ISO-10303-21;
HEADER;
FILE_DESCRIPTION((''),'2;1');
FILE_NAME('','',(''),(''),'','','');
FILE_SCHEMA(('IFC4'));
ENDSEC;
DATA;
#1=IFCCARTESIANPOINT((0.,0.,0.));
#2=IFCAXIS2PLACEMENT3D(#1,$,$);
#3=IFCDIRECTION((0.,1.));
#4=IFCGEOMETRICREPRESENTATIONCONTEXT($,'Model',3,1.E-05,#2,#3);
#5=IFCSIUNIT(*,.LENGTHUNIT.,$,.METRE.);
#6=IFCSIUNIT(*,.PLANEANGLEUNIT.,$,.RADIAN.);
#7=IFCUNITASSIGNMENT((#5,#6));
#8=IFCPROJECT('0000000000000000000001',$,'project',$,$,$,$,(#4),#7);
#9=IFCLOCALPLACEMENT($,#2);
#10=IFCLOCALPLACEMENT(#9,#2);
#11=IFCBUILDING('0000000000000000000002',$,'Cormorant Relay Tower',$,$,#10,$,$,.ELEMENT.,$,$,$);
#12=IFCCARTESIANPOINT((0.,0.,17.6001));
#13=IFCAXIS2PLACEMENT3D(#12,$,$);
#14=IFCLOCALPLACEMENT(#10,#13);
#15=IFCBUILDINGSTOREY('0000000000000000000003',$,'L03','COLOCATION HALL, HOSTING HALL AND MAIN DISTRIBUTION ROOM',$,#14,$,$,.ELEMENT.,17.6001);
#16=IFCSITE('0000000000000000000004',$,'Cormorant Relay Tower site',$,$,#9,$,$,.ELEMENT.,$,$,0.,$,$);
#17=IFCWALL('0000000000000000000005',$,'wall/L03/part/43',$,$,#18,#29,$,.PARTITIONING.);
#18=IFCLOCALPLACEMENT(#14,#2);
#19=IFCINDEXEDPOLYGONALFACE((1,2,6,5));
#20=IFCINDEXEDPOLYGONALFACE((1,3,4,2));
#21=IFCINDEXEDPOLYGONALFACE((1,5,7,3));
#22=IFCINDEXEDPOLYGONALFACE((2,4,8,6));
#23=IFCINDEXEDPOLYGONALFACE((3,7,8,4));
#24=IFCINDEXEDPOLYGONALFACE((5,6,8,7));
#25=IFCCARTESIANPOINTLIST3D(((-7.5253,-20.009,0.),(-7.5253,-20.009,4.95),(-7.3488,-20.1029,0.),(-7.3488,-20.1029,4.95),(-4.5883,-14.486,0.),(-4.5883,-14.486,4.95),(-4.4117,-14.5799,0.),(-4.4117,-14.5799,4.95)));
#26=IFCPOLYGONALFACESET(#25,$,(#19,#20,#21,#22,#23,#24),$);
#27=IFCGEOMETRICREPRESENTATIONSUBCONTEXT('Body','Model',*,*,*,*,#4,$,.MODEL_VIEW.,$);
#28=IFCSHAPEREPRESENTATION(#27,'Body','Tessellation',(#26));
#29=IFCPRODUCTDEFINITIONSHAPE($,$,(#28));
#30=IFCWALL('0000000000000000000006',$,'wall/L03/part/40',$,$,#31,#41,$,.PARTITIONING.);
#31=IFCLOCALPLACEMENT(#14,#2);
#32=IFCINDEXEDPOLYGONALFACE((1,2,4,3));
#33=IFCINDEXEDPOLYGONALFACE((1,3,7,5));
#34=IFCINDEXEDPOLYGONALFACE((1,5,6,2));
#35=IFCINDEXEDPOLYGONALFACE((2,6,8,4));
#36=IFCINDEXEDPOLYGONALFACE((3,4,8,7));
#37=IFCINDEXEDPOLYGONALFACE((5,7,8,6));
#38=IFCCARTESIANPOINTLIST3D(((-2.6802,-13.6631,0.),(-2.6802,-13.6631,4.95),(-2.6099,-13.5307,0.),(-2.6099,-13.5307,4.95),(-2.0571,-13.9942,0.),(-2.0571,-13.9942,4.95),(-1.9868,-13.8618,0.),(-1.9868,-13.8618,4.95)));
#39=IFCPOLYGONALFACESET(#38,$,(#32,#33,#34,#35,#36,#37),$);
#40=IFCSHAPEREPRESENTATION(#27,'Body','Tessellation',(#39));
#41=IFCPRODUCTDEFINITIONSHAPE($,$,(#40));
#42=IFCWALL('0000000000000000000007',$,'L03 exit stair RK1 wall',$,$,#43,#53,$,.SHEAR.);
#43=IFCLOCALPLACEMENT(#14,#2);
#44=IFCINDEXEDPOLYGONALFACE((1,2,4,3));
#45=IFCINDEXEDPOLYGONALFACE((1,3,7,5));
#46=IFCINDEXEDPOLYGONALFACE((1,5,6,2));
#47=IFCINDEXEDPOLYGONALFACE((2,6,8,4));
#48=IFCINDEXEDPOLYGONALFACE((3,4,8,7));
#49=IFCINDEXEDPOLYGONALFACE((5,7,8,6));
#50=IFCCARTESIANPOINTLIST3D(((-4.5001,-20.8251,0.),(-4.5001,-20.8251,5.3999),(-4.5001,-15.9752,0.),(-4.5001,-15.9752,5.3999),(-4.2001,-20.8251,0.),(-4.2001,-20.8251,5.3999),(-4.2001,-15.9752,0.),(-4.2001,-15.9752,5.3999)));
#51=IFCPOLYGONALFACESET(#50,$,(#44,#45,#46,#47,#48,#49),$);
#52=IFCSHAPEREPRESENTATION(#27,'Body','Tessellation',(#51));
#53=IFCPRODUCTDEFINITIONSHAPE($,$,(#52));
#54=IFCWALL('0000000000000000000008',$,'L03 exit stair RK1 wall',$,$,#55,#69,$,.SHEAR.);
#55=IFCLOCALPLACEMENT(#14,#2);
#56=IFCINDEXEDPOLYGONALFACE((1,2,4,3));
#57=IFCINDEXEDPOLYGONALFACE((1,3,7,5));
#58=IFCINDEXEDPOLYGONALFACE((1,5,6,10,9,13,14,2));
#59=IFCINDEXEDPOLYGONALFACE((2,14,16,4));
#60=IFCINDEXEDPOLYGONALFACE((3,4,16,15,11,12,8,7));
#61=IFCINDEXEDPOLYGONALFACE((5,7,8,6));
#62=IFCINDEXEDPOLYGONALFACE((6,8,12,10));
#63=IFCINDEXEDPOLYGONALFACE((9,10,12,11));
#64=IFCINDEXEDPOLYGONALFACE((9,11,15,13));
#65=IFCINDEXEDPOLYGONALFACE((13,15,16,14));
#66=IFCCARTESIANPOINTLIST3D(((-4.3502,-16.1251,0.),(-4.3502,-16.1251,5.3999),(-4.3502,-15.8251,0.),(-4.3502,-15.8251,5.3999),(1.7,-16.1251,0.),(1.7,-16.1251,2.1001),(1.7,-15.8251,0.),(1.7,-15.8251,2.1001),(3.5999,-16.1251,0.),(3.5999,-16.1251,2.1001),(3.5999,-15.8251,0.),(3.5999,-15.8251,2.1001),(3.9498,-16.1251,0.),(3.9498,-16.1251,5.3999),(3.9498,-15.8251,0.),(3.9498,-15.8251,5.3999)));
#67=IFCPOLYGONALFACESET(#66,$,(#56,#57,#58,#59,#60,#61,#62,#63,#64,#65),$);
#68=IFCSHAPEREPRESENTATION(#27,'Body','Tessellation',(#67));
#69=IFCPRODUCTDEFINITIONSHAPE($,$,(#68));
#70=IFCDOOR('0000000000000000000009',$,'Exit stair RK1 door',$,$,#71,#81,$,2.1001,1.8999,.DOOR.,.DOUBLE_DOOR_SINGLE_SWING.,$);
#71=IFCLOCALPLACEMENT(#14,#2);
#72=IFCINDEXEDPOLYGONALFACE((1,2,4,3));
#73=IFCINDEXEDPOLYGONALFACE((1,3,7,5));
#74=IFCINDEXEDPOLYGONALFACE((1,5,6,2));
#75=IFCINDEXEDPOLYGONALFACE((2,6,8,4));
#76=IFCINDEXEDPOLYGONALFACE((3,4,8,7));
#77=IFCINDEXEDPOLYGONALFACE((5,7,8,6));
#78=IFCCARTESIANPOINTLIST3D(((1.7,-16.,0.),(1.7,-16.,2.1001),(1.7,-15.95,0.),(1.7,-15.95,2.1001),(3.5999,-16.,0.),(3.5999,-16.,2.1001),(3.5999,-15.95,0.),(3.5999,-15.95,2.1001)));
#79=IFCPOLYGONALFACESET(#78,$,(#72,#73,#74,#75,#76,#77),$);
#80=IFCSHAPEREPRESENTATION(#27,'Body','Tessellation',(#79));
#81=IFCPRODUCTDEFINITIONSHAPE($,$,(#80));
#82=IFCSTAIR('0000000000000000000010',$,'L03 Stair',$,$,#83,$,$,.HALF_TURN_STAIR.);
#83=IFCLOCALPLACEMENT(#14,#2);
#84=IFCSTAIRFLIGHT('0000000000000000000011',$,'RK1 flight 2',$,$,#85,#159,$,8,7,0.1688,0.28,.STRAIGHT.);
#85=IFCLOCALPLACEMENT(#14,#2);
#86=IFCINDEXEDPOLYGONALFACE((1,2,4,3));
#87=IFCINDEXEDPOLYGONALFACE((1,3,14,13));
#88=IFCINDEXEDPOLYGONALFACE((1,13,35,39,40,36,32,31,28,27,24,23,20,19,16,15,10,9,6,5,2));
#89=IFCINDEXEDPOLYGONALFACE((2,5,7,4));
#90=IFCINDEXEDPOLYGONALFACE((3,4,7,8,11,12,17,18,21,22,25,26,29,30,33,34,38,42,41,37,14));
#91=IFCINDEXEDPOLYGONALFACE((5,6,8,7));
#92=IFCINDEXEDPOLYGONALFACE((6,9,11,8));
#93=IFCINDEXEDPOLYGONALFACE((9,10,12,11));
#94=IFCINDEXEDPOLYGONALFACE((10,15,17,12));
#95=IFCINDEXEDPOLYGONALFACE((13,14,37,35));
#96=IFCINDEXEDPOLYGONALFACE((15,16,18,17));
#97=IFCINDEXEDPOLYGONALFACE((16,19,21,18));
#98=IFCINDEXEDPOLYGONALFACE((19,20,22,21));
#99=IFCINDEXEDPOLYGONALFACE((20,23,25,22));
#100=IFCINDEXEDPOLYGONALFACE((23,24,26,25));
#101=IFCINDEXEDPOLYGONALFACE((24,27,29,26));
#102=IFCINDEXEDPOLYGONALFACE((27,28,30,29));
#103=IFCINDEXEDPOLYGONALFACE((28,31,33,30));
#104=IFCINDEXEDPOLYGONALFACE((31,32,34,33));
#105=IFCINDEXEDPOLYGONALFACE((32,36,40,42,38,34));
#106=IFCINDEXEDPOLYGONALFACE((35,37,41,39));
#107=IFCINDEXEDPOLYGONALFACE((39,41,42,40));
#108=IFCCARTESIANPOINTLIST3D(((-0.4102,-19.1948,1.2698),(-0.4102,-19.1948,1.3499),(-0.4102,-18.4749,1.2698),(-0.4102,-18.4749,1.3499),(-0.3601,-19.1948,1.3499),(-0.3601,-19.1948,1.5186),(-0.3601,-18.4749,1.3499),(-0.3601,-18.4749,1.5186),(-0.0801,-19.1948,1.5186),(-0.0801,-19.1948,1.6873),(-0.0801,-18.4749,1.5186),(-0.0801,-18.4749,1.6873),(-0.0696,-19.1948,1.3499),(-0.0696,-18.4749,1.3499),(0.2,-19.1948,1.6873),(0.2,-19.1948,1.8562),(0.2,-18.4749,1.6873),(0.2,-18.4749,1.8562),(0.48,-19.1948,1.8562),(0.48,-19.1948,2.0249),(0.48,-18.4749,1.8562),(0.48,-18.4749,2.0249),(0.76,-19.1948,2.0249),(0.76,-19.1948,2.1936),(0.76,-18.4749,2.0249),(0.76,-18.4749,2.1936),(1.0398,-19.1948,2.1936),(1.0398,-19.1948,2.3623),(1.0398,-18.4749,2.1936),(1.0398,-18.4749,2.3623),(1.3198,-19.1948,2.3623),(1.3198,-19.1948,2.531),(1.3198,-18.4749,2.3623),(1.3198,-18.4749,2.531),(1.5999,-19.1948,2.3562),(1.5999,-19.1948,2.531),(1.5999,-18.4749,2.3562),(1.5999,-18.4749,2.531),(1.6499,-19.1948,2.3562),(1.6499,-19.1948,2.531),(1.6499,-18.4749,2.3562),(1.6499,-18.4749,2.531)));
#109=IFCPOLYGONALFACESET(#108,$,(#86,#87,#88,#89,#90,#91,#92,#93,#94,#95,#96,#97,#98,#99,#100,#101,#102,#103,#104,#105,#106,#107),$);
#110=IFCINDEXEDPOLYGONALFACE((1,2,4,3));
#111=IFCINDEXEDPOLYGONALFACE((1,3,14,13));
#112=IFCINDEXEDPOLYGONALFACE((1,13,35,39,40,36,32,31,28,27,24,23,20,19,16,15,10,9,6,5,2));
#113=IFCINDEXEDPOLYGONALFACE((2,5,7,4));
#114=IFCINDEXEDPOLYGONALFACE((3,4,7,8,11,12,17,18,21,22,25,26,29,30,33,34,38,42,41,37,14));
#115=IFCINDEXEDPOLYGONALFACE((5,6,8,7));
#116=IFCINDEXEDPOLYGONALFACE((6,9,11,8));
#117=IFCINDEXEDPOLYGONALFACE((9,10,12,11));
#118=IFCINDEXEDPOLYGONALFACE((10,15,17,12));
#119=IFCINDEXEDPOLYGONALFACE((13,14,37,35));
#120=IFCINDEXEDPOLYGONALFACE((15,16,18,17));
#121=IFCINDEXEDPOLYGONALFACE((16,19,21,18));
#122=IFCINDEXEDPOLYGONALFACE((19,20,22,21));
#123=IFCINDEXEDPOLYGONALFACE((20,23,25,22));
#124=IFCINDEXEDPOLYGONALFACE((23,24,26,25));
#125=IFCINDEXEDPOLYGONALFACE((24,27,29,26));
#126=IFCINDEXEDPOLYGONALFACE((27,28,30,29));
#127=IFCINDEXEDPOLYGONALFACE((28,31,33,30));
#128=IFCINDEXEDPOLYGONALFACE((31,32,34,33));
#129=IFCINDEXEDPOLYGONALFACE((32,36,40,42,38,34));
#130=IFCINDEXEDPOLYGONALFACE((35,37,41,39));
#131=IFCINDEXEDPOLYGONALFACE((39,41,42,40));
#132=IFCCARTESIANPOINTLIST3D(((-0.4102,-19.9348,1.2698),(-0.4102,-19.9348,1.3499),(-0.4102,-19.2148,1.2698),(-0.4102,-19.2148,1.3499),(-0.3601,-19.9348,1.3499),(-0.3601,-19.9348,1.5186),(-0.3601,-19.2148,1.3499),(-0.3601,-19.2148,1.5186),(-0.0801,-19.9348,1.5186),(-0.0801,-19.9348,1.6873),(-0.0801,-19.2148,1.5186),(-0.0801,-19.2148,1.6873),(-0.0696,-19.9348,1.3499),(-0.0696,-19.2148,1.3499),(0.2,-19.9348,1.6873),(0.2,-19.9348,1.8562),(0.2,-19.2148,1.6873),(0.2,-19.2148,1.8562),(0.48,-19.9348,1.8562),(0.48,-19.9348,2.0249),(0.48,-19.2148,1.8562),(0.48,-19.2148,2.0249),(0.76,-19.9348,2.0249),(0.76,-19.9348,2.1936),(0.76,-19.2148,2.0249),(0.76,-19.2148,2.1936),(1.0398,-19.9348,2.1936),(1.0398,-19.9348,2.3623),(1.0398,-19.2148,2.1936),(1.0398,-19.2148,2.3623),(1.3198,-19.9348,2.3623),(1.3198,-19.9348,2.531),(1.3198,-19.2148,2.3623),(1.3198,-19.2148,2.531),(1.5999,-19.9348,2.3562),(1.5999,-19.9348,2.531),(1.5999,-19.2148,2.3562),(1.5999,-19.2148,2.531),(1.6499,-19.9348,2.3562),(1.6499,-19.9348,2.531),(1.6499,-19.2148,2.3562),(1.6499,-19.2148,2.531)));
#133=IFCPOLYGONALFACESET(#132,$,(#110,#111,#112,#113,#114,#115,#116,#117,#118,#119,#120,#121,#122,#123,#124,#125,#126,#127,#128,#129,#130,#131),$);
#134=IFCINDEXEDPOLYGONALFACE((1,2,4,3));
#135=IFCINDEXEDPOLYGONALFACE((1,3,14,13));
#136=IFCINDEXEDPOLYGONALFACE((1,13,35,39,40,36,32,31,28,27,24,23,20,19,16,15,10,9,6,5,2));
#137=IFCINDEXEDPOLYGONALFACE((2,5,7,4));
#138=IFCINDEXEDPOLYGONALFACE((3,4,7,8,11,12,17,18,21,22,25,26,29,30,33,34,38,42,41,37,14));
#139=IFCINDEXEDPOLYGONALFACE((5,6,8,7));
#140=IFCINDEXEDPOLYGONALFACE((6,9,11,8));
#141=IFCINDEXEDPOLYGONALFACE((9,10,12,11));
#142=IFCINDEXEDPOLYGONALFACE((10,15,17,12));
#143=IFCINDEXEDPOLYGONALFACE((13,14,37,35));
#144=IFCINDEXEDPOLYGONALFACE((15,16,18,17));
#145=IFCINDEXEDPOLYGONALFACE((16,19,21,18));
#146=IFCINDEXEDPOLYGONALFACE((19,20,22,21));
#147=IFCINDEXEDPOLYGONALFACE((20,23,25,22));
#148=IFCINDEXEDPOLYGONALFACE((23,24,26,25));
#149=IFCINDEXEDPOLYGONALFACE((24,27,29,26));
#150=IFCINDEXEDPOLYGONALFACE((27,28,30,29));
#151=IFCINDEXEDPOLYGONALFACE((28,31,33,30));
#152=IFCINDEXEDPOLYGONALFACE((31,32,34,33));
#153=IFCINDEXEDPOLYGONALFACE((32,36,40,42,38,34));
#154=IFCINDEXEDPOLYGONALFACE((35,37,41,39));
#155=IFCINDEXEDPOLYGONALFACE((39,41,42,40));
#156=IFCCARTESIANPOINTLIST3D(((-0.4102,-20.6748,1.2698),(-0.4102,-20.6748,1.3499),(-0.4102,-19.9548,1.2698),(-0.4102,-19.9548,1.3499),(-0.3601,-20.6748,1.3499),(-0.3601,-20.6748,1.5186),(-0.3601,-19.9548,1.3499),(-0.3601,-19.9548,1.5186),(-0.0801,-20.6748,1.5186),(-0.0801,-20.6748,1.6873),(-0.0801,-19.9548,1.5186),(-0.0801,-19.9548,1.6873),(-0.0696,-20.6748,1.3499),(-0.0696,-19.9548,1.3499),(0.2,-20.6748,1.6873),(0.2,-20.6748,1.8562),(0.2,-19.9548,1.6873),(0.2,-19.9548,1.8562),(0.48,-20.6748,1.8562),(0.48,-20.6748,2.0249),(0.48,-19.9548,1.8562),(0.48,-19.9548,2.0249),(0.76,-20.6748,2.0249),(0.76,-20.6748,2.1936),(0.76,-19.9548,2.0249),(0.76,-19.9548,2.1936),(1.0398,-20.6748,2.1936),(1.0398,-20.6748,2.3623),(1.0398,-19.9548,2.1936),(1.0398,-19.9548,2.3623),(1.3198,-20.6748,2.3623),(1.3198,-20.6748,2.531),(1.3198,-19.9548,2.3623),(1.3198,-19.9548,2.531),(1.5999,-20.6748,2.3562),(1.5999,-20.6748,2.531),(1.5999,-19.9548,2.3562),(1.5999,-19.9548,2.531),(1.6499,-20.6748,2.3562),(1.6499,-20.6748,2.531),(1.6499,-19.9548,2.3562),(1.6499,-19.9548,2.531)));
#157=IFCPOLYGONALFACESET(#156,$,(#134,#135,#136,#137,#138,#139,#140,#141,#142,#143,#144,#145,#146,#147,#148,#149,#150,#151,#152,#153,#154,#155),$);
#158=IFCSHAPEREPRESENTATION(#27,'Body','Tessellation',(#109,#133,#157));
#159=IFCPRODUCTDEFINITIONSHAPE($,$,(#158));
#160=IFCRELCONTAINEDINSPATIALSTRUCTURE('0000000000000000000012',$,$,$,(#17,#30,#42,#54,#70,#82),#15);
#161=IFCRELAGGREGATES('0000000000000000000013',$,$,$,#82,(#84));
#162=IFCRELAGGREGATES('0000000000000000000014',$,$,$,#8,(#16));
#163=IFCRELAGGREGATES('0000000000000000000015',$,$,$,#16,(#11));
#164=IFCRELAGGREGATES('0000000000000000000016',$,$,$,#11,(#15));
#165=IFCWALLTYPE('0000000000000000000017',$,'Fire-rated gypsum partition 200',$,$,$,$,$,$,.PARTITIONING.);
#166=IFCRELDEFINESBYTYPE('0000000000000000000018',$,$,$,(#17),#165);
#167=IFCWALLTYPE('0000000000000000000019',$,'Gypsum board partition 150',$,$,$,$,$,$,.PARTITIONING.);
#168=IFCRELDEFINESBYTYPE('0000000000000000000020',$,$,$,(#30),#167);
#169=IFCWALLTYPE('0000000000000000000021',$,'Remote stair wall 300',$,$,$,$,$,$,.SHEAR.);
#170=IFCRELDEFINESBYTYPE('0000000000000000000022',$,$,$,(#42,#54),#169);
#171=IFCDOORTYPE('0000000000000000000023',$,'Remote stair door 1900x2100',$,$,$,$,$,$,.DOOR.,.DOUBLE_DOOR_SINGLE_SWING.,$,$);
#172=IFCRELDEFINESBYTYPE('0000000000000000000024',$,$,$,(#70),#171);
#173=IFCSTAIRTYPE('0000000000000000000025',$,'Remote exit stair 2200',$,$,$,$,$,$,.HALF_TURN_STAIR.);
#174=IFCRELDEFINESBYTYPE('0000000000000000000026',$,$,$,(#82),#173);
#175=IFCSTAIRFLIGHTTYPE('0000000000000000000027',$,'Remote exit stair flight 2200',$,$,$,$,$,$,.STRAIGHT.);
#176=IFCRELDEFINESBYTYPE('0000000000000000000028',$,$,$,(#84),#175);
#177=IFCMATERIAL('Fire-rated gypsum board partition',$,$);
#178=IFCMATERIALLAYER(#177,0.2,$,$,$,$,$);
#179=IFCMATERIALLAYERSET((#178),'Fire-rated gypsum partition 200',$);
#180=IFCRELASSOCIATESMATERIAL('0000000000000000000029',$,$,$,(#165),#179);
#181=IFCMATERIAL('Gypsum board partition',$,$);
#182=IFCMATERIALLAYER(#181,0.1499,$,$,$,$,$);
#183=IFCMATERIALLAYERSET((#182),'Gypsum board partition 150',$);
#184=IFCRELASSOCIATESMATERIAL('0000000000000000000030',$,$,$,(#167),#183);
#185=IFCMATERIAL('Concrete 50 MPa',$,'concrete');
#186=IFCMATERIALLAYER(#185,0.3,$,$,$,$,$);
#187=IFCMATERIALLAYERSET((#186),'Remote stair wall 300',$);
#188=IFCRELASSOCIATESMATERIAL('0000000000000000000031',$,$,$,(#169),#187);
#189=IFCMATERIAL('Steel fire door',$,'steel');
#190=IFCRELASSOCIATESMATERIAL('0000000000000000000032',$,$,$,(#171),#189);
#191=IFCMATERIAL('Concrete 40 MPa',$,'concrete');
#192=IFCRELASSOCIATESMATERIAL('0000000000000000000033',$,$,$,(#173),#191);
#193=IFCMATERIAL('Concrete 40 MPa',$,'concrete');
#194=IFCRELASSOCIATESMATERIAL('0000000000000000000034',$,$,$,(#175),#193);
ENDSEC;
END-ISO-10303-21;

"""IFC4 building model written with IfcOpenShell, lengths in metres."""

from ifc_helpers import new_model, si_unit, direction, frame, frame_2d, origin, place, context, subcontext, project, spatial, polyline, rectangle, outline, extrude, material, layer, layer_set, type_object, element, fill, aggregate, save


model = new_model("IFC4")

# Units and contexts
model_context = context("Model", 3, precision=1e-05, world=origin(), true_north=direction((0.0, 1.0)))
body_context = subcontext(model_context, "Body", "Model", "MODEL_VIEW")
ifc_project = project(units=[si_unit("LENGTHUNIT", "METRE"), si_unit("PLANEANGLEUNIT", "RADIAN")], contexts=[model_context])

# Site, building, storey
site_placement = place(None, origin())
site = spatial("IfcSite", under=ifc_project, at=site_placement, Name="Cormorant Relay Tower site", CompositionType="ELEMENT", RefElevation=0.0)
building_placement = place(site_placement, origin())
building = spatial("IfcBuilding", under=site, at=building_placement, Name="Cormorant Relay Tower", CompositionType="ELEMENT")
storey_placement = place(building_placement, frame((0.0, 0.0, 17.6001)))
storey = spatial("IfcBuildingStorey", under=building, at=storey_placement, Name="L03", Description="COLOCATION HALL, HOSTING HALL AND MAIN DISTRIBUTION ROOM", CompositionType="ELEMENT", Elevation=17.6001)

# Shared definitions
ifc_material_1 = material(Name="Fire-rated gypsum board partition")
ifc_layer_1 = layer(ifc_material_1, 0.2)
ifc_layer_set_1 = layer_set([ifc_layer_1], Name="Fire-rated gypsum partition 200")
wall_type_1 = type_object("IfcWallType", Name="Fire-rated gypsum partition 200", PredefinedType="PARTITIONING", material=ifc_layer_set_1)

# Walls
wall_1_placement = place(storey_placement, frame((-4.5, -14.533, 0.0), z_axis=(0.0, 0.0, 1.0), x_axis=(-0.469522, -0.882921, 0.0)))
element("IfcWall", 1, at=wall_1_placement, inside=storey, type_object=wall_type_1, Name="wall/L03/part/43", PredefinedType="PARTITIONING", context=body_context, shape_type="SweptSolid", body=[
    extrude(rectangle(XDim=6.2554, YDim=0.2, at=frame_2d((3.1277, 0.0))), origin(), (0.0, 0.0, 1.0), 4.95),
])
ifc_material_2 = material(Name="Gypsum board partition")
ifc_layer_2 = layer(ifc_material_2, 0.1499)
ifc_layer_set_2 = layer_set([ifc_layer_2], Name="Gypsum board partition 150")
wall_type_2 = type_object("IfcWallType", Name="Gypsum board partition 150", PredefinedType="PARTITIONING", material=ifc_layer_set_2)
wall_2_placement = place(storey_placement, frame((-2.645, -13.5969, 0.0), z_axis=(0.0, 0.0, 1.0), x_axis=(0.88308, -0.469223, 0.0)))
element("IfcWall", 2, at=wall_2_placement, inside=storey, type_object=wall_type_2, Name="wall/L03/part/40", PredefinedType="PARTITIONING", context=body_context, shape_type="SweptSolid", body=[
    extrude(rectangle(XDim=0.7056, YDim=0.1499, at=frame_2d((0.3528, 0.0))), origin(), (0.0, 0.0, 1.0), 4.95),
])
ifc_material_3 = material(Name="Concrete 50 MPa", Category="concrete")
ifc_layer_3 = layer(ifc_material_3, 0.3)
ifc_layer_set_3 = layer_set([ifc_layer_3], Name="Remote stair wall 300")
wall_type_3 = type_object("IfcWallType", Name="Remote stair wall 300", PredefinedType="SHEAR", material=ifc_layer_set_3)
wall_3_placement = place(storey_placement, frame((-4.3501, -20.825, 0.0), z_axis=(0.0, 0.0, 1.0), x_axis=(0.0, 1.0, 0.0)))
element("IfcWall", 3, at=wall_3_placement, inside=storey, type_object=wall_type_3, Name="L03 exit stair RK1 wall", PredefinedType="SHEAR", context=body_context, shape_type="SweptSolid", body=[
    extrude(rectangle(XDim=4.8499, YDim=0.3, at=frame_2d((2.4248, 0.0))), origin(), (0.0, 0.0, 1.0), 5.3999),
])

# Wall, opening, door
wall_4_placement = place(storey_placement, frame((-4.3501, -15.9751, 0.0), z_axis=(0.0, 0.0, 1.0), x_axis=(1.0, 0.0, 0.0)))
wall_4 = element("IfcWall", 4, at=wall_4_placement, inside=storey, type_object=wall_type_3, Name="L03 exit stair RK1 wall", PredefinedType="SHEAR", context=body_context, shape_type="SweptSolid", body=[
    extrude(rectangle(XDim=8.3, YDim=0.3, at=frame_2d((4.1499, 0.0))), origin(), (0.0, 0.0, 1.0), 5.3999),
])
opening_1_placement = place(wall_4_placement, frame((6.05, 0.0, 0.0)))
opening_1 = element("IfcOpeningElement", 5, at=opening_1_placement, cuts=wall_4, PredefinedType="OPENING", context=body_context, shape_type="SweptSolid", body=[
    extrude(rectangle(XDim=1.8999, YDim=2.1001, at=frame_2d((0.95, 1.05))), frame((0.0, 0.1599, 0.0), z_axis=(0.0, -1.0, 0.0), x_axis=(1.0, 0.0, 0.0)), (0.0, 0.0, 1.0), 0.3201),
])
ifc_material_4 = material(Name="Steel fire door", Category="steel")
door_type_1 = type_object("IfcDoorType", Name="Remote stair door 1900x2100", OperationType="DOUBLE_DOOR_SINGLE_SWING", PredefinedType="DOOR", material=ifc_material_4)
door_1_placement = place(opening_1_placement, frame((1.8999, 0.0, 0.0), z_axis=(0.0, 0.0, 1.0), x_axis=(-1.0, 0.0, 0.0)))
door_1 = element("IfcDoor", 6, at=door_1_placement, inside=storey, type_object=door_type_1, Name="Exit stair RK1 door", OperationType="DOUBLE_DOOR_SINGLE_SWING", OverallHeight=2.1001, OverallWidth=1.8999, PredefinedType="DOOR", context=body_context, shape_type="SweptSolid", body=[
    extrude(rectangle(XDim=1.8999, YDim=2.1001, at=frame_2d((0.95, 1.05))), frame((0.0, 0.0249, 0.0), z_axis=(0.0, -1.0, 0.0), x_axis=(1.0, 0.0, 0.0)), (0.0, 0.0, 1.0), 0.05),
])
fill(opening_1, door_1)

# Stair, stair flight
ifc_material_5 = material(Name="Concrete 40 MPa", Category="concrete")
stair_type = type_object("IfcStairType", Name="Remote exit stair 2200", PredefinedType="HALF_TURN_STAIR", material=ifc_material_5)
stair_placement = place(storey_placement, origin())
stair = element("IfcStair", 7, at=stair_placement, inside=storey, type_object=stair_type, Name="L03 Stair", PredefinedType="HALF_TURN_STAIR")
ifc_material_6 = material(Name="Concrete 40 MPa", Category="concrete")
stair_flight_type = type_object("IfcStairFlightType", Name="Remote exit stair flight 2200", PredefinedType="STRAIGHT", material=ifc_material_6)
stair_flight_1_placement = place(storey_placement, frame((-0.3601, -19.575, 1.3499), z_axis=(0.0, 0.0, 1.0), x_axis=(1.0, 0.0, 0.0)))
stair_flight_1 = element("IfcStairFlight", 8, at=stair_flight_1_placement, type_object=stair_flight_type, Name="RK1 flight 2", NumberOfRisers=8, NumberOfTreads=7, PredefinedType="STRAIGHT", RiserHeight=0.1688, TreadLength=0.28, context=body_context, shape_type="SweptSolid", body=[
    extrude(outline(polyline([(-0.05, -0.0801), (-0.05, 0.0), (0.0, 0.0), (0.0, 0.1687), (0.28, 0.1687), (0.28, 0.3374), (0.5601, 0.3374), (0.5601, 0.5063), (0.8401, 0.5063), (0.8401, 0.675), (1.1201, 0.675), (1.1201, 0.8438), (1.3999, 0.8438), (1.3999, 1.0125), (1.6799, 1.0125), (1.6799, 1.1812), (1.96, 1.1812), (2.01, 1.1812), (2.01, 1.0063), (1.96, 1.0063), (0.2905, 0.0), (-0.05, -0.0801)])), frame((0.0, 1.1001, 0.0), z_axis=(0.0, -1.0, 0.0), x_axis=(1.0, 0.0, 0.0)), (0.0, 0.0, 1.0), 0.72),
    extrude(outline(polyline([(-0.05, -0.0801), (-0.05, 0.0), (0.0, 0.0), (0.0, 0.1687), (0.28, 0.1687), (0.28, 0.3374), (0.5601, 0.3374), (0.5601, 0.5063), (0.8401, 0.5063), (0.8401, 0.675), (1.1201, 0.675), (1.1201, 0.8438), (1.3999, 0.8438), (1.3999, 1.0125), (1.6799, 1.0125), (1.6799, 1.1812), (1.96, 1.1812), (2.01, 1.1812), (2.01, 1.0063), (1.96, 1.0063), (0.2905, 0.0), (-0.05, -0.0801)])), frame((0.0, 0.3601, 0.0), z_axis=(0.0, -1.0, 0.0), x_axis=(1.0, 0.0, 0.0)), (0.0, 0.0, 1.0), 0.72),
    extrude(outline(polyline([(-0.05, -0.0801), (-0.05, 0.0), (0.0, 0.0), (0.0, 0.1687), (0.28, 0.1687), (0.28, 0.3374), (0.5601, 0.3374), (0.5601, 0.5063), (0.8401, 0.5063), (0.8401, 0.675), (1.1201, 0.675), (1.1201, 0.8438), (1.3999, 0.8438), (1.3999, 1.0125), (1.6799, 1.0125), (1.6799, 1.1812), (1.96, 1.1812), (2.01, 1.1812), (2.01, 1.0063), (1.96, 1.0063), (0.2905, 0.0), (-0.05, -0.0801)])), frame((0.0, -0.3799, 0.0), z_axis=(0.0, -1.0, 0.0), x_axis=(1.0, 0.0, 0.0)), (0.0, 0.0, 1.0), 0.72),
])
aggregate(stair, [stair_flight_1])

save(model, "model.ifc")
